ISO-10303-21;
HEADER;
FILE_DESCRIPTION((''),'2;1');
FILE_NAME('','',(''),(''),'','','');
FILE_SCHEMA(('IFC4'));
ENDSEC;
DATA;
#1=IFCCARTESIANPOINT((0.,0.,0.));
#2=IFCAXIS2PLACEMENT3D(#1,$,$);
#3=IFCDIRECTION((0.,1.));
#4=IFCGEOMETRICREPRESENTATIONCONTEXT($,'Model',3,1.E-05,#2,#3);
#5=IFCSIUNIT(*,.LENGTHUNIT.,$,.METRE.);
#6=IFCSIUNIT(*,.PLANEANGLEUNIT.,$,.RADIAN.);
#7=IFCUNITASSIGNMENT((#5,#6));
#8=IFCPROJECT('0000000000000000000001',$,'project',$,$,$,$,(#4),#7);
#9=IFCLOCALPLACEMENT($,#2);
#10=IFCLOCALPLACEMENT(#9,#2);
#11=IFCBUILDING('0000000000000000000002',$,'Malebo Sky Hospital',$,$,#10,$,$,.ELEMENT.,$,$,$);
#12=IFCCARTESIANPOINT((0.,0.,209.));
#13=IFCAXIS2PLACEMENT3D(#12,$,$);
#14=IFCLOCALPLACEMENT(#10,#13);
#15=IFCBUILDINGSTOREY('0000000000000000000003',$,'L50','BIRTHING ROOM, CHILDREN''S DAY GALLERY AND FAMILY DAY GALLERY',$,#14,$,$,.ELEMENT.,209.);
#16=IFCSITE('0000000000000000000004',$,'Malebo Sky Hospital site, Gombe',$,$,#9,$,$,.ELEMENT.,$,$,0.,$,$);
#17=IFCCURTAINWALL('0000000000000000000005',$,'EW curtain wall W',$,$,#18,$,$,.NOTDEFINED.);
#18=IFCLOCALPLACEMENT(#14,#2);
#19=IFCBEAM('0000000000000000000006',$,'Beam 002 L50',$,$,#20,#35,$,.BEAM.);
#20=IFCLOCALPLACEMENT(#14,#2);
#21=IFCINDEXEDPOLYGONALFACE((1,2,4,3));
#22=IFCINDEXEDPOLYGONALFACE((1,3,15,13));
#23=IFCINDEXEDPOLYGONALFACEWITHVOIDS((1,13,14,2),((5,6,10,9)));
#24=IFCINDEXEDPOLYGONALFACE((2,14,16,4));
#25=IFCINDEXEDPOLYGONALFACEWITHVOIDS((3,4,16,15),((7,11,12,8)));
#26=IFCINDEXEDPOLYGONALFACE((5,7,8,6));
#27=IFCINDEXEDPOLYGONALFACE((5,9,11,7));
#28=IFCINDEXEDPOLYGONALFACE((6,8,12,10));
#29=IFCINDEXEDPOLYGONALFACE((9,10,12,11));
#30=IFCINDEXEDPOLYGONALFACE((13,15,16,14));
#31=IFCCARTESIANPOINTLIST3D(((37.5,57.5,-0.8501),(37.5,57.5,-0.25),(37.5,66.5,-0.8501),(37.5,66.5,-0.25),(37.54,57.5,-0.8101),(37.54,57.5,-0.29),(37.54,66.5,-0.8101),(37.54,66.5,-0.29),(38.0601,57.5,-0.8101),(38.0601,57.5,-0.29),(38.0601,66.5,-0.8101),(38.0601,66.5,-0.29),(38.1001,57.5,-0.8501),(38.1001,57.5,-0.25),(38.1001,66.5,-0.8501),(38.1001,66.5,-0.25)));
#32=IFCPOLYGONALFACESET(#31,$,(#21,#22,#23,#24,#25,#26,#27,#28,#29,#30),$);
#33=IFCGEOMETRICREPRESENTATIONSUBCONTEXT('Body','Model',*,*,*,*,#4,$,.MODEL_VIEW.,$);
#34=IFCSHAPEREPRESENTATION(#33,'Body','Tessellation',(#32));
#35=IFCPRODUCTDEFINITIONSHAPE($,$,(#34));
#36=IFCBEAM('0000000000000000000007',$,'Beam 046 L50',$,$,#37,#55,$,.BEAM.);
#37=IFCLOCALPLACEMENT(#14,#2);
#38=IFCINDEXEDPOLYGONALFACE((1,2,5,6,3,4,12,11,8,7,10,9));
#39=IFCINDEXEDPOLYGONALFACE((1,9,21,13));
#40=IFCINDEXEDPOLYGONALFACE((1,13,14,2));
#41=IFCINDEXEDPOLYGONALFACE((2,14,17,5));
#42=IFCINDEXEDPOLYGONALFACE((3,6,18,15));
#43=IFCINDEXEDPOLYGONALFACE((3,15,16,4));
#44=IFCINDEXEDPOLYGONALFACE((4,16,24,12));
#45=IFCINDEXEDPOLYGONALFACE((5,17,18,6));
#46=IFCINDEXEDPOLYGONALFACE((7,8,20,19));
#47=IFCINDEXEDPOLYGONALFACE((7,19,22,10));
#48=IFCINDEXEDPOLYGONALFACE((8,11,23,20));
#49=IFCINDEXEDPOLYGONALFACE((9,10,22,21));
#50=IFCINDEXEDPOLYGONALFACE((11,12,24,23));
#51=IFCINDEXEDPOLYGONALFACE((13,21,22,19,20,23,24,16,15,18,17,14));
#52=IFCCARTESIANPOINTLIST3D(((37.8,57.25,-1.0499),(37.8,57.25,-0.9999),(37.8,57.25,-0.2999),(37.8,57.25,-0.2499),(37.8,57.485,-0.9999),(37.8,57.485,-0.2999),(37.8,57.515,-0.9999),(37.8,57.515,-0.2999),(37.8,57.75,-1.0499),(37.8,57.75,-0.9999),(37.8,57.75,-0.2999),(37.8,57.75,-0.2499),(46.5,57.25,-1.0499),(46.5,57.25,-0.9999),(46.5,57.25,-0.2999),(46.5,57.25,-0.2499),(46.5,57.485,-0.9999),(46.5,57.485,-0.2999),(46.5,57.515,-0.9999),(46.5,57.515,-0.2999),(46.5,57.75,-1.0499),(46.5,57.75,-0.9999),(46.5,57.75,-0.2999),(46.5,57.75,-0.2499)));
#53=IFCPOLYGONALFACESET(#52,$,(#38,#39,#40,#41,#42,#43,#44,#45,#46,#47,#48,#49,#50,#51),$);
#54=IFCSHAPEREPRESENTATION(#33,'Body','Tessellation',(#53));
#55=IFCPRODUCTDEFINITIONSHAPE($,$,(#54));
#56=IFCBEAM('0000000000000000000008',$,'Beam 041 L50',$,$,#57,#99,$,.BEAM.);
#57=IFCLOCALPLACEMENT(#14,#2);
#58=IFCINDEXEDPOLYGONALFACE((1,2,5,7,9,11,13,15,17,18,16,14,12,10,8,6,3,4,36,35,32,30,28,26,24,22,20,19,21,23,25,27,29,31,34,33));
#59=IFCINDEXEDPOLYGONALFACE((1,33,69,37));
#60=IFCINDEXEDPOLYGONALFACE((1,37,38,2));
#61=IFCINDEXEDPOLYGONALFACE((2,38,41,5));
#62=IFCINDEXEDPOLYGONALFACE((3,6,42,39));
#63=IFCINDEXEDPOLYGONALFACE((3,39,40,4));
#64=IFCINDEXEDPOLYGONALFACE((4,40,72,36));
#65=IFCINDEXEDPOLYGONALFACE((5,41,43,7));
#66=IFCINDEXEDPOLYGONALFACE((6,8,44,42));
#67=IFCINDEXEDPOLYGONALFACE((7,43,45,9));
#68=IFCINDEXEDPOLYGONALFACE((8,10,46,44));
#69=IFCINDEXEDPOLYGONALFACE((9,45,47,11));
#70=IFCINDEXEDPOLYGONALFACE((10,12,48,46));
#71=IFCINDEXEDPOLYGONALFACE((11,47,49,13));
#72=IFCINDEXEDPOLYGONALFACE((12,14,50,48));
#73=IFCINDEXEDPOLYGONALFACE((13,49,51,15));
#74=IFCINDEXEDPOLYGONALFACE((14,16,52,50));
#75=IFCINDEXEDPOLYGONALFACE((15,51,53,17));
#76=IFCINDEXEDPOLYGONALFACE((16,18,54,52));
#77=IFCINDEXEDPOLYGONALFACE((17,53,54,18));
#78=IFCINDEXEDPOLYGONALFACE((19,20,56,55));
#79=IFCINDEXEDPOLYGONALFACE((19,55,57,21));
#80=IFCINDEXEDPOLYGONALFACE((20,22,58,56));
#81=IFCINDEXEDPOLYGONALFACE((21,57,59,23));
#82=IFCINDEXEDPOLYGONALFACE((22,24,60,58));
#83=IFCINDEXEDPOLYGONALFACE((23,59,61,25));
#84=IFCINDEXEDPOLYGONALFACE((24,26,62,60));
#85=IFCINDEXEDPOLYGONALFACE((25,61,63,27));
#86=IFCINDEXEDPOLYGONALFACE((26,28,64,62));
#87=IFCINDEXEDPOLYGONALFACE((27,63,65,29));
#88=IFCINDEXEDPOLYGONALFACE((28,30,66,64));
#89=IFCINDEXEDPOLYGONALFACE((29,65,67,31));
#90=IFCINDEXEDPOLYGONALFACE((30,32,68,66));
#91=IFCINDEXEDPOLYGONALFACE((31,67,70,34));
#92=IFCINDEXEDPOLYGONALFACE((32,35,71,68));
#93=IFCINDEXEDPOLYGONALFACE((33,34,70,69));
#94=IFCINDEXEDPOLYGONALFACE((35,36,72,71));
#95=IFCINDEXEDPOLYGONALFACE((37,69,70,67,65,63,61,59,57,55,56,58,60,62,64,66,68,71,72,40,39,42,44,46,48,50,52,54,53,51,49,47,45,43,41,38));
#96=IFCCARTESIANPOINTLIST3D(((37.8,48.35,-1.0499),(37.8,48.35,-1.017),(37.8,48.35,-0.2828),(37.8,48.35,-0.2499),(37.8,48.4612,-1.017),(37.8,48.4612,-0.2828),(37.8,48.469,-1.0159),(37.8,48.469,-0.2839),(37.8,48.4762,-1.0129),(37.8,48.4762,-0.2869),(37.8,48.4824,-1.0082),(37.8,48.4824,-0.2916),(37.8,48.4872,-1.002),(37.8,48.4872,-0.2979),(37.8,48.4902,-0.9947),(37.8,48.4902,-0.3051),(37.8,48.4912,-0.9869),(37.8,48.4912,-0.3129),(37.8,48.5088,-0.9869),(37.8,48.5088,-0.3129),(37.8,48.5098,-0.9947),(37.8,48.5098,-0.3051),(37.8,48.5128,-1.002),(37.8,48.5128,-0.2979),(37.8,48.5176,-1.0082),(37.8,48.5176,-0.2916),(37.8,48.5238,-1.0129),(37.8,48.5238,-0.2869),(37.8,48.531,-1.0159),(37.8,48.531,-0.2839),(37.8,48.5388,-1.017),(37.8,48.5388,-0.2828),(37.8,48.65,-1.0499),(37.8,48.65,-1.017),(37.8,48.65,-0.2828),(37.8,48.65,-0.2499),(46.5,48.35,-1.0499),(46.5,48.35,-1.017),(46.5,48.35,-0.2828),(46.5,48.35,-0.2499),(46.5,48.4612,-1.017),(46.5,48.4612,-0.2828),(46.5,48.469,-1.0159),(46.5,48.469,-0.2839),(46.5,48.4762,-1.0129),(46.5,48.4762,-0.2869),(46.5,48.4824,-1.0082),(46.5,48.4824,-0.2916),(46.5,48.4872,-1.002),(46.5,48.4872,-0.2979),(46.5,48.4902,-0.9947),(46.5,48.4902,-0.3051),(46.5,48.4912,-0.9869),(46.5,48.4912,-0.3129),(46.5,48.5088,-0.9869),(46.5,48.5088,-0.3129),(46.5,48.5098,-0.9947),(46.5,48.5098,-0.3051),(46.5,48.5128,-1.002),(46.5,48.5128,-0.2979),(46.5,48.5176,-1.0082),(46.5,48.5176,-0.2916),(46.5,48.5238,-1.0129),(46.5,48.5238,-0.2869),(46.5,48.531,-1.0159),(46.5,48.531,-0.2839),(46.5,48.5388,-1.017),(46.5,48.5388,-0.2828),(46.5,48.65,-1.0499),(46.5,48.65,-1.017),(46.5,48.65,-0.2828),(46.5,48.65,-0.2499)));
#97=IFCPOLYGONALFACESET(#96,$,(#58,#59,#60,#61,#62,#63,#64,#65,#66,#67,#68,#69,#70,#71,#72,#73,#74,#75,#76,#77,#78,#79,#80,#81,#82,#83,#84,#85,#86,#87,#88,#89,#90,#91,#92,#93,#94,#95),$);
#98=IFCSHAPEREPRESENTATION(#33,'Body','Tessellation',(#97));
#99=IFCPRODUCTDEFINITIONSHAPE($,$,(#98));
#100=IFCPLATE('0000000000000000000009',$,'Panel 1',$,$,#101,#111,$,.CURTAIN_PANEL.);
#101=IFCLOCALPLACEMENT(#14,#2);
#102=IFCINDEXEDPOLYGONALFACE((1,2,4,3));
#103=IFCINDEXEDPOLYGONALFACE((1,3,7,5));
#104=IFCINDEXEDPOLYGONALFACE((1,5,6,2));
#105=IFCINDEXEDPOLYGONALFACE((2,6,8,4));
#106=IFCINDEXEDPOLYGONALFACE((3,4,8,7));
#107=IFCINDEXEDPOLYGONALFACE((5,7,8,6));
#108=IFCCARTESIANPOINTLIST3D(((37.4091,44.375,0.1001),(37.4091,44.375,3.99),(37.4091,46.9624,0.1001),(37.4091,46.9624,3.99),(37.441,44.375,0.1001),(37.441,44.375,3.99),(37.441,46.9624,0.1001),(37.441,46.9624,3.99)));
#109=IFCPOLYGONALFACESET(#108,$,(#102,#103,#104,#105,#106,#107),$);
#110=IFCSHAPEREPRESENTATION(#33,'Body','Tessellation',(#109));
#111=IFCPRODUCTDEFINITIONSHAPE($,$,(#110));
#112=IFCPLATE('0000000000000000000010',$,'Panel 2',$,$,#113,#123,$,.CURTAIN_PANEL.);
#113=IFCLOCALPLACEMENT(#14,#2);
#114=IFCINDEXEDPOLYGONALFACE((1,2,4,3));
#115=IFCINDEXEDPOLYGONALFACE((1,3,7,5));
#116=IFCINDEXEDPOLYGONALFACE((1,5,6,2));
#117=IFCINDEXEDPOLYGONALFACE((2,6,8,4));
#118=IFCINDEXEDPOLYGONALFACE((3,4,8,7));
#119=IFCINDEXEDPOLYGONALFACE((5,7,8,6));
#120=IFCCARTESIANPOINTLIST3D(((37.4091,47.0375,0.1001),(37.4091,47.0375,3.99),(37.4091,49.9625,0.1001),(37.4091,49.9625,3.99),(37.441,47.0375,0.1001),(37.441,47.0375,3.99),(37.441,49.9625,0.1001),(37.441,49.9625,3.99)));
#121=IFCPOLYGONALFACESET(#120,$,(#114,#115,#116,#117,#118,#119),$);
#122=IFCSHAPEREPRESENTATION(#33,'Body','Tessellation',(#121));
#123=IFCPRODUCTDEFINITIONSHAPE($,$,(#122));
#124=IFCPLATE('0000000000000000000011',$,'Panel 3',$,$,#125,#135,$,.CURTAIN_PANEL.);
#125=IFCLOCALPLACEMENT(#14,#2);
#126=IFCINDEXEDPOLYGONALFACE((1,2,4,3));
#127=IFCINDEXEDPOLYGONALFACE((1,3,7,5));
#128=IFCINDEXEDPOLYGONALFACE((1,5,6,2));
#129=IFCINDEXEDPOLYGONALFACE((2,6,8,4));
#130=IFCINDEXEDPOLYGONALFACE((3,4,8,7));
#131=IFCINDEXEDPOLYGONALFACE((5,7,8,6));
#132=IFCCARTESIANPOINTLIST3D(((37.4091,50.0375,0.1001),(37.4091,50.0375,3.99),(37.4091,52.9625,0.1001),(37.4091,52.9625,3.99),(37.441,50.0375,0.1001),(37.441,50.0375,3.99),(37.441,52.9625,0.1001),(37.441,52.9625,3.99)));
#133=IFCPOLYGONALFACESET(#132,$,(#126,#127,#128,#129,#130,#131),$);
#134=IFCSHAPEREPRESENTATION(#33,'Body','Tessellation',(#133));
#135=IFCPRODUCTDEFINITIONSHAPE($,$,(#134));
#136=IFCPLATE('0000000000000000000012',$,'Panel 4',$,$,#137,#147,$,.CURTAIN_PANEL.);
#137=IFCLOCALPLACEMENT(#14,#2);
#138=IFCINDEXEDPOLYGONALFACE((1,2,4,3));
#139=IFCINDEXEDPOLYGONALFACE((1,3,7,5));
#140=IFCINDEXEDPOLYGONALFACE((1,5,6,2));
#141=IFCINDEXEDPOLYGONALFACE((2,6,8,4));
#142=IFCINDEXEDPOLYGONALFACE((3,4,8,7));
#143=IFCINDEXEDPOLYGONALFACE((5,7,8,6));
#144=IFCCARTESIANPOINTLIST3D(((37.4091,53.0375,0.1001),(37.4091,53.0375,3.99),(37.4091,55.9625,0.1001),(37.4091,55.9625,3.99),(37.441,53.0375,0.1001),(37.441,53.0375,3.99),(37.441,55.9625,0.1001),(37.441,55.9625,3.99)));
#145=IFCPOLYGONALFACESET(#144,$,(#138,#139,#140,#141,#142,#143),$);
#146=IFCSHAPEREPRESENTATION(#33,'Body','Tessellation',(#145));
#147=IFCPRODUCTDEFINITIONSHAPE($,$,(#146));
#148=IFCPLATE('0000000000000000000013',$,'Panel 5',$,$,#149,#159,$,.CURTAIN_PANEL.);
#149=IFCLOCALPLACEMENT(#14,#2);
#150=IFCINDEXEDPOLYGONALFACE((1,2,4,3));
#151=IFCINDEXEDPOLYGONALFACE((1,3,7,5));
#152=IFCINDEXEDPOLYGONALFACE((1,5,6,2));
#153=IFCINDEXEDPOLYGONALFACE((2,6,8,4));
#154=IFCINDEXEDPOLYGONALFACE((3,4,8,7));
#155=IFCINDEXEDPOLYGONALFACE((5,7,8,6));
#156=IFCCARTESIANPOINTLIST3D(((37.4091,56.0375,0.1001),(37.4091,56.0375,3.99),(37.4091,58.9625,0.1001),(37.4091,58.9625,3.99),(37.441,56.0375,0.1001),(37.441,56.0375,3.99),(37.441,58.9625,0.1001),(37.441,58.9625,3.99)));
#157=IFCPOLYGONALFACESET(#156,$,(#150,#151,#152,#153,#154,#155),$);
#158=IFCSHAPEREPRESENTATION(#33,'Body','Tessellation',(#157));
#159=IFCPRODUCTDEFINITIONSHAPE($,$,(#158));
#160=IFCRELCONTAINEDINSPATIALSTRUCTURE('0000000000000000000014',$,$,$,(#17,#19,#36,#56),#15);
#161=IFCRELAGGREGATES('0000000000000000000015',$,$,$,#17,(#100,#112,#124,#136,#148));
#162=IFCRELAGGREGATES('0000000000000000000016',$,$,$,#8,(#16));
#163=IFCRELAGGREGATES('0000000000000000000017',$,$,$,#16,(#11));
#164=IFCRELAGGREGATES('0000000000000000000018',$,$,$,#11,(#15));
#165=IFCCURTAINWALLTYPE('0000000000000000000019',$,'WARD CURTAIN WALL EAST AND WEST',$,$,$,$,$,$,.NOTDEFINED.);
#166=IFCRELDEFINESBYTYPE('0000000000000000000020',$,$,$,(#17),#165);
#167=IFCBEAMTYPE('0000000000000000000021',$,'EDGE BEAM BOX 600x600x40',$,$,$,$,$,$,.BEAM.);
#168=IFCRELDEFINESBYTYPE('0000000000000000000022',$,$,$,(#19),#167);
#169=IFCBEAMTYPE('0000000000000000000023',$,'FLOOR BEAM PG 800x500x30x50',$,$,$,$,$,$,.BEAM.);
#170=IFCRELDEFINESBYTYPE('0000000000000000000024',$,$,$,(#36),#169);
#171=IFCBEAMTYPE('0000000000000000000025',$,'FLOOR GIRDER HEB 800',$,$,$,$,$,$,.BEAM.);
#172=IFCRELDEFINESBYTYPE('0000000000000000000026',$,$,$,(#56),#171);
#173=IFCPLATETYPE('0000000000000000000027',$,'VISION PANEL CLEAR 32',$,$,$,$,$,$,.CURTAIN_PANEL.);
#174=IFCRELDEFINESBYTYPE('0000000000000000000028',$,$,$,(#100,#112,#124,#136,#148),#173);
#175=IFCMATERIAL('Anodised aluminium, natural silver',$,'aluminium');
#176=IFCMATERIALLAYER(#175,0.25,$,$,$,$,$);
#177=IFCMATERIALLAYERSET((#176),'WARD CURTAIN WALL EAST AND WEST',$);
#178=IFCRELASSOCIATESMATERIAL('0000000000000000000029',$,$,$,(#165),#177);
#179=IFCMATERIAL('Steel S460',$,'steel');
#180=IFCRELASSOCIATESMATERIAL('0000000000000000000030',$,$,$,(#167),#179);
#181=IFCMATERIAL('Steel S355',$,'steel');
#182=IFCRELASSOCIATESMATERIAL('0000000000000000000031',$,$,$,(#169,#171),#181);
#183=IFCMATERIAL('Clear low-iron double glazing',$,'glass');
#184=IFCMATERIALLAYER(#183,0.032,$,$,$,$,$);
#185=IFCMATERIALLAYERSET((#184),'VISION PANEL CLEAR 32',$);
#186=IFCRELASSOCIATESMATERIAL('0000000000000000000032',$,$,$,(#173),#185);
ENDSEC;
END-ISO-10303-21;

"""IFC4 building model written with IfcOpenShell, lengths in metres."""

from ifc_helpers import new_model, si_unit, direction, frame, origin, origin_2d, place, context, subcontext, project, spatial, rectangle, hollow_rectangle, i_section, extrude, material, layer, layer_set, material_profile, profile_set, type_object, element, aggregate, save


model = new_model("IFC4")

# Units and contexts
model_context = context("Model", 3, precision=1e-05, world=origin(), true_north=direction((0.0, 1.0)))
body_context = subcontext(model_context, "Body", "Model", "MODEL_VIEW")
ifc_project = project(units=[si_unit("LENGTHUNIT", "METRE"), si_unit("PLANEANGLEUNIT", "RADIAN")], contexts=[model_context])

# Site, building, storey
site_placement = place(None, origin())
site = spatial("IfcSite", under=ifc_project, at=site_placement, Name="Malebo Sky Hospital site, Gombe", CompositionType="ELEMENT", RefElevation=0.0)
building_placement = place(site_placement, origin())
building = spatial("IfcBuilding", under=site, at=building_placement, Name="Malebo Sky Hospital", CompositionType="ELEMENT")
storey_placement = place(building_placement, frame((0.0, 0.0, 209.0)))
storey = spatial("IfcBuildingStorey", under=building, at=storey_placement, Name="L50", Description="BIRTHING ROOM, CHILDREN'S DAY GALLERY AND FAMILY DAY GALLERY", CompositionType="ELEMENT", Elevation=209.0)

# Shared definitions
ifc_material_1 = material(Name="Steel S460", Category="steel")

# Curtain wall
ifc_material_2 = material(Name="Anodised aluminium, natural silver", Category="aluminium")
ifc_layer_1 = layer(ifc_material_2, 0.25)
ifc_layer_set_1 = layer_set([ifc_layer_1], Name="WARD CURTAIN WALL EAST AND WEST")
curtain_wall_type = type_object("IfcCurtainWallType", Name="WARD CURTAIN WALL EAST AND WEST", PredefinedType="NOTDEFINED", material=ifc_layer_set_1)
curtain_wall_placement = place(storey_placement, origin())
curtain_wall = element("IfcCurtainWall", 1, at=curtain_wall_placement, inside=storey, type_object=curtain_wall_type, Name="EW curtain wall W", PredefinedType="NOTDEFINED")

# Beams
ifc_material_profile_1 = material_profile(ifc_material_1, hollow_rectangle(XDim=0.6001, YDim=0.6001, WallThickness=0.04, at=origin_2d()), Name="BOX 600x600x40")
ifc_profile_set_1 = profile_set([ifc_material_profile_1], Name="Steel S460")
beam_type_1 = type_object("IfcBeamType", Name="EDGE BEAM BOX 600x600x40", PredefinedType="BEAM", material=ifc_profile_set_1)
for number, where, z_axis, x_axis, name in (
    (2, (37.8, 57.5, -0.55), (0.0, 1.0, 0.0), (-1.0, 0.0, 0.0), "Beam 002 L50"),
):
    element("IfcBeam", number, at=place(storey_placement, frame(where, z_axis=z_axis, x_axis=x_axis)), inside=storey, type_object=beam_type_1, Name=name, PredefinedType="BEAM", context=body_context, shape_type="SweptSolid", body=[
        extrude(hollow_rectangle(XDim=0.6001, YDim=0.6001, WallThickness=0.04, at=origin_2d()), origin(), (0.0, 0.0, 1.0), 9.0),
    ])
ifc_material_3 = material(Name="Steel S355", Category="steel")
ifc_material_profile_2 = material_profile(ifc_material_3, i_section(OverallWidth=0.5, OverallDepth=0.8, WebThickness=0.03, FlangeThickness=0.05, at=origin_2d()), Name="PG 800x500x30x50")
ifc_profile_set_2 = profile_set([ifc_material_profile_2], Name="Steel S355")
beam_type_2 = type_object("IfcBeamType", Name="FLOOR BEAM PG 800x500x30x50", PredefinedType="BEAM", material=ifc_profile_set_2)
beam_1_placement = place(storey_placement, frame((37.8, 57.5, -0.6499), z_axis=(1.0, 0.0, 0.0), x_axis=(0.0, 1.0, 0.0)))
element("IfcBeam", 3, at=beam_1_placement, inside=storey, type_object=beam_type_2, Name="Beam 046 L50", PredefinedType="BEAM", context=body_context, shape_type="SweptSolid", body=[
    extrude(i_section(OverallWidth=0.5, OverallDepth=0.8, WebThickness=0.03, FlangeThickness=0.05, at=origin_2d()), origin(), (0.0, 0.0, 1.0), 8.7),
])
ifc_material_profile_3 = material_profile(ifc_material_3, i_section(OverallWidth=0.3, OverallDepth=0.8, WebThickness=0.0176, FlangeThickness=0.033, FilletRadius=0.03, at=origin_2d()), Name="HEB 800")
ifc_profile_set_3 = profile_set([ifc_material_profile_3], Name="Steel S355")
beam_type_3 = type_object("IfcBeamType", Name="FLOOR GIRDER HEB 800", PredefinedType="BEAM", material=ifc_profile_set_3)
beam_2_placement = place(storey_placement, frame((37.8, 48.5, -0.6499), z_axis=(1.0, 0.0, 0.0), x_axis=(0.0, 1.0, 0.0)))
element("IfcBeam", 4, at=beam_2_placement, inside=storey, type_object=beam_type_3, Name="Beam 041 L50", PredefinedType="BEAM", context=body_context, shape_type="SweptSolid", body=[
    extrude(i_section(OverallWidth=0.3, OverallDepth=0.8, WebThickness=0.0176, FlangeThickness=0.033, FilletRadius=0.03, at=origin_2d()), origin(), (0.0, 0.0, 1.0), 8.7),
])

# Plates
ifc_material_4 = material(Name="Clear low-iron double glazing", Category="glass")
ifc_layer_2 = layer(ifc_material_4, 0.032)
ifc_layer_set_2 = layer_set([ifc_layer_2], Name="VISION PANEL CLEAR 32")
plate_type = type_object("IfcPlateType", Name="VISION PANEL CLEAR 32", PredefinedType="CURTAIN_PANEL", material=ifc_layer_set_2)
plate_1_placement = place(storey_placement, frame((37.425, 45.6687, 0.1001), z_axis=(0.0, 0.0, 1.0), x_axis=(0.0, 1.0, 0.0)))
plate_1 = element("IfcPlate", 5, at=plate_1_placement, type_object=plate_type, Name="Panel 1", PredefinedType="CURTAIN_PANEL", context=body_context, shape_type="SweptSolid", body=[
    extrude(rectangle(XDim=2.5874, YDim=0.032, at=origin_2d()), origin(), (0.0, 0.0, 1.0), 3.8899),
])
plate_2_placement = place(storey_placement, frame((37.425, 48.5, 0.1001), z_axis=(0.0, 0.0, 1.0), x_axis=(0.0, 1.0, 0.0)))
plate_2 = element("IfcPlate", 6, at=plate_2_placement, type_object=plate_type, Name="Panel 2", PredefinedType="CURTAIN_PANEL", context=body_context, shape_type="SweptSolid", body=[
    extrude(rectangle(XDim=2.925, YDim=0.032, at=origin_2d()), origin(), (0.0, 0.0, 1.0), 3.8899),
])
plate_3_placement = place(storey_placement, frame((37.425, 51.5, 0.1001), z_axis=(0.0, 0.0, 1.0), x_axis=(0.0, 1.0, 0.0)))
plate_3 = element("IfcPlate", 7, at=plate_3_placement, type_object=plate_type, Name="Panel 3", PredefinedType="CURTAIN_PANEL", context=body_context, shape_type="SweptSolid", body=[
    extrude(rectangle(XDim=2.925, YDim=0.032, at=origin_2d()), origin(), (0.0, 0.0, 1.0), 3.8899),
])
plate_4_placement = place(storey_placement, frame((37.425, 54.5, 0.1001), z_axis=(0.0, 0.0, 1.0), x_axis=(0.0, 1.0, 0.0)))
plate_4 = element("IfcPlate", 8, at=plate_4_placement, type_object=plate_type, Name="Panel 4", PredefinedType="CURTAIN_PANEL", context=body_context, shape_type="SweptSolid", body=[
    extrude(rectangle(XDim=2.925, YDim=0.032, at=origin_2d()), origin(), (0.0, 0.0, 1.0), 3.8899),
])
plate_5_placement = place(storey_placement, frame((37.425, 57.5, 0.1001), z_axis=(0.0, 0.0, 1.0), x_axis=(0.0, 1.0, 0.0)))
plate_5 = element("IfcPlate", 9, at=plate_5_placement, type_object=plate_type, Name="Panel 5", PredefinedType="CURTAIN_PANEL", context=body_context, shape_type="SweptSolid", body=[
    extrude(rectangle(XDim=2.925, YDim=0.032, at=origin_2d()), origin(), (0.0, 0.0, 1.0), 3.8899),
])
aggregate(curtain_wall, [plate_1, plate_2, plate_3, plate_4, plate_5])

save(model, "model.ifc")
